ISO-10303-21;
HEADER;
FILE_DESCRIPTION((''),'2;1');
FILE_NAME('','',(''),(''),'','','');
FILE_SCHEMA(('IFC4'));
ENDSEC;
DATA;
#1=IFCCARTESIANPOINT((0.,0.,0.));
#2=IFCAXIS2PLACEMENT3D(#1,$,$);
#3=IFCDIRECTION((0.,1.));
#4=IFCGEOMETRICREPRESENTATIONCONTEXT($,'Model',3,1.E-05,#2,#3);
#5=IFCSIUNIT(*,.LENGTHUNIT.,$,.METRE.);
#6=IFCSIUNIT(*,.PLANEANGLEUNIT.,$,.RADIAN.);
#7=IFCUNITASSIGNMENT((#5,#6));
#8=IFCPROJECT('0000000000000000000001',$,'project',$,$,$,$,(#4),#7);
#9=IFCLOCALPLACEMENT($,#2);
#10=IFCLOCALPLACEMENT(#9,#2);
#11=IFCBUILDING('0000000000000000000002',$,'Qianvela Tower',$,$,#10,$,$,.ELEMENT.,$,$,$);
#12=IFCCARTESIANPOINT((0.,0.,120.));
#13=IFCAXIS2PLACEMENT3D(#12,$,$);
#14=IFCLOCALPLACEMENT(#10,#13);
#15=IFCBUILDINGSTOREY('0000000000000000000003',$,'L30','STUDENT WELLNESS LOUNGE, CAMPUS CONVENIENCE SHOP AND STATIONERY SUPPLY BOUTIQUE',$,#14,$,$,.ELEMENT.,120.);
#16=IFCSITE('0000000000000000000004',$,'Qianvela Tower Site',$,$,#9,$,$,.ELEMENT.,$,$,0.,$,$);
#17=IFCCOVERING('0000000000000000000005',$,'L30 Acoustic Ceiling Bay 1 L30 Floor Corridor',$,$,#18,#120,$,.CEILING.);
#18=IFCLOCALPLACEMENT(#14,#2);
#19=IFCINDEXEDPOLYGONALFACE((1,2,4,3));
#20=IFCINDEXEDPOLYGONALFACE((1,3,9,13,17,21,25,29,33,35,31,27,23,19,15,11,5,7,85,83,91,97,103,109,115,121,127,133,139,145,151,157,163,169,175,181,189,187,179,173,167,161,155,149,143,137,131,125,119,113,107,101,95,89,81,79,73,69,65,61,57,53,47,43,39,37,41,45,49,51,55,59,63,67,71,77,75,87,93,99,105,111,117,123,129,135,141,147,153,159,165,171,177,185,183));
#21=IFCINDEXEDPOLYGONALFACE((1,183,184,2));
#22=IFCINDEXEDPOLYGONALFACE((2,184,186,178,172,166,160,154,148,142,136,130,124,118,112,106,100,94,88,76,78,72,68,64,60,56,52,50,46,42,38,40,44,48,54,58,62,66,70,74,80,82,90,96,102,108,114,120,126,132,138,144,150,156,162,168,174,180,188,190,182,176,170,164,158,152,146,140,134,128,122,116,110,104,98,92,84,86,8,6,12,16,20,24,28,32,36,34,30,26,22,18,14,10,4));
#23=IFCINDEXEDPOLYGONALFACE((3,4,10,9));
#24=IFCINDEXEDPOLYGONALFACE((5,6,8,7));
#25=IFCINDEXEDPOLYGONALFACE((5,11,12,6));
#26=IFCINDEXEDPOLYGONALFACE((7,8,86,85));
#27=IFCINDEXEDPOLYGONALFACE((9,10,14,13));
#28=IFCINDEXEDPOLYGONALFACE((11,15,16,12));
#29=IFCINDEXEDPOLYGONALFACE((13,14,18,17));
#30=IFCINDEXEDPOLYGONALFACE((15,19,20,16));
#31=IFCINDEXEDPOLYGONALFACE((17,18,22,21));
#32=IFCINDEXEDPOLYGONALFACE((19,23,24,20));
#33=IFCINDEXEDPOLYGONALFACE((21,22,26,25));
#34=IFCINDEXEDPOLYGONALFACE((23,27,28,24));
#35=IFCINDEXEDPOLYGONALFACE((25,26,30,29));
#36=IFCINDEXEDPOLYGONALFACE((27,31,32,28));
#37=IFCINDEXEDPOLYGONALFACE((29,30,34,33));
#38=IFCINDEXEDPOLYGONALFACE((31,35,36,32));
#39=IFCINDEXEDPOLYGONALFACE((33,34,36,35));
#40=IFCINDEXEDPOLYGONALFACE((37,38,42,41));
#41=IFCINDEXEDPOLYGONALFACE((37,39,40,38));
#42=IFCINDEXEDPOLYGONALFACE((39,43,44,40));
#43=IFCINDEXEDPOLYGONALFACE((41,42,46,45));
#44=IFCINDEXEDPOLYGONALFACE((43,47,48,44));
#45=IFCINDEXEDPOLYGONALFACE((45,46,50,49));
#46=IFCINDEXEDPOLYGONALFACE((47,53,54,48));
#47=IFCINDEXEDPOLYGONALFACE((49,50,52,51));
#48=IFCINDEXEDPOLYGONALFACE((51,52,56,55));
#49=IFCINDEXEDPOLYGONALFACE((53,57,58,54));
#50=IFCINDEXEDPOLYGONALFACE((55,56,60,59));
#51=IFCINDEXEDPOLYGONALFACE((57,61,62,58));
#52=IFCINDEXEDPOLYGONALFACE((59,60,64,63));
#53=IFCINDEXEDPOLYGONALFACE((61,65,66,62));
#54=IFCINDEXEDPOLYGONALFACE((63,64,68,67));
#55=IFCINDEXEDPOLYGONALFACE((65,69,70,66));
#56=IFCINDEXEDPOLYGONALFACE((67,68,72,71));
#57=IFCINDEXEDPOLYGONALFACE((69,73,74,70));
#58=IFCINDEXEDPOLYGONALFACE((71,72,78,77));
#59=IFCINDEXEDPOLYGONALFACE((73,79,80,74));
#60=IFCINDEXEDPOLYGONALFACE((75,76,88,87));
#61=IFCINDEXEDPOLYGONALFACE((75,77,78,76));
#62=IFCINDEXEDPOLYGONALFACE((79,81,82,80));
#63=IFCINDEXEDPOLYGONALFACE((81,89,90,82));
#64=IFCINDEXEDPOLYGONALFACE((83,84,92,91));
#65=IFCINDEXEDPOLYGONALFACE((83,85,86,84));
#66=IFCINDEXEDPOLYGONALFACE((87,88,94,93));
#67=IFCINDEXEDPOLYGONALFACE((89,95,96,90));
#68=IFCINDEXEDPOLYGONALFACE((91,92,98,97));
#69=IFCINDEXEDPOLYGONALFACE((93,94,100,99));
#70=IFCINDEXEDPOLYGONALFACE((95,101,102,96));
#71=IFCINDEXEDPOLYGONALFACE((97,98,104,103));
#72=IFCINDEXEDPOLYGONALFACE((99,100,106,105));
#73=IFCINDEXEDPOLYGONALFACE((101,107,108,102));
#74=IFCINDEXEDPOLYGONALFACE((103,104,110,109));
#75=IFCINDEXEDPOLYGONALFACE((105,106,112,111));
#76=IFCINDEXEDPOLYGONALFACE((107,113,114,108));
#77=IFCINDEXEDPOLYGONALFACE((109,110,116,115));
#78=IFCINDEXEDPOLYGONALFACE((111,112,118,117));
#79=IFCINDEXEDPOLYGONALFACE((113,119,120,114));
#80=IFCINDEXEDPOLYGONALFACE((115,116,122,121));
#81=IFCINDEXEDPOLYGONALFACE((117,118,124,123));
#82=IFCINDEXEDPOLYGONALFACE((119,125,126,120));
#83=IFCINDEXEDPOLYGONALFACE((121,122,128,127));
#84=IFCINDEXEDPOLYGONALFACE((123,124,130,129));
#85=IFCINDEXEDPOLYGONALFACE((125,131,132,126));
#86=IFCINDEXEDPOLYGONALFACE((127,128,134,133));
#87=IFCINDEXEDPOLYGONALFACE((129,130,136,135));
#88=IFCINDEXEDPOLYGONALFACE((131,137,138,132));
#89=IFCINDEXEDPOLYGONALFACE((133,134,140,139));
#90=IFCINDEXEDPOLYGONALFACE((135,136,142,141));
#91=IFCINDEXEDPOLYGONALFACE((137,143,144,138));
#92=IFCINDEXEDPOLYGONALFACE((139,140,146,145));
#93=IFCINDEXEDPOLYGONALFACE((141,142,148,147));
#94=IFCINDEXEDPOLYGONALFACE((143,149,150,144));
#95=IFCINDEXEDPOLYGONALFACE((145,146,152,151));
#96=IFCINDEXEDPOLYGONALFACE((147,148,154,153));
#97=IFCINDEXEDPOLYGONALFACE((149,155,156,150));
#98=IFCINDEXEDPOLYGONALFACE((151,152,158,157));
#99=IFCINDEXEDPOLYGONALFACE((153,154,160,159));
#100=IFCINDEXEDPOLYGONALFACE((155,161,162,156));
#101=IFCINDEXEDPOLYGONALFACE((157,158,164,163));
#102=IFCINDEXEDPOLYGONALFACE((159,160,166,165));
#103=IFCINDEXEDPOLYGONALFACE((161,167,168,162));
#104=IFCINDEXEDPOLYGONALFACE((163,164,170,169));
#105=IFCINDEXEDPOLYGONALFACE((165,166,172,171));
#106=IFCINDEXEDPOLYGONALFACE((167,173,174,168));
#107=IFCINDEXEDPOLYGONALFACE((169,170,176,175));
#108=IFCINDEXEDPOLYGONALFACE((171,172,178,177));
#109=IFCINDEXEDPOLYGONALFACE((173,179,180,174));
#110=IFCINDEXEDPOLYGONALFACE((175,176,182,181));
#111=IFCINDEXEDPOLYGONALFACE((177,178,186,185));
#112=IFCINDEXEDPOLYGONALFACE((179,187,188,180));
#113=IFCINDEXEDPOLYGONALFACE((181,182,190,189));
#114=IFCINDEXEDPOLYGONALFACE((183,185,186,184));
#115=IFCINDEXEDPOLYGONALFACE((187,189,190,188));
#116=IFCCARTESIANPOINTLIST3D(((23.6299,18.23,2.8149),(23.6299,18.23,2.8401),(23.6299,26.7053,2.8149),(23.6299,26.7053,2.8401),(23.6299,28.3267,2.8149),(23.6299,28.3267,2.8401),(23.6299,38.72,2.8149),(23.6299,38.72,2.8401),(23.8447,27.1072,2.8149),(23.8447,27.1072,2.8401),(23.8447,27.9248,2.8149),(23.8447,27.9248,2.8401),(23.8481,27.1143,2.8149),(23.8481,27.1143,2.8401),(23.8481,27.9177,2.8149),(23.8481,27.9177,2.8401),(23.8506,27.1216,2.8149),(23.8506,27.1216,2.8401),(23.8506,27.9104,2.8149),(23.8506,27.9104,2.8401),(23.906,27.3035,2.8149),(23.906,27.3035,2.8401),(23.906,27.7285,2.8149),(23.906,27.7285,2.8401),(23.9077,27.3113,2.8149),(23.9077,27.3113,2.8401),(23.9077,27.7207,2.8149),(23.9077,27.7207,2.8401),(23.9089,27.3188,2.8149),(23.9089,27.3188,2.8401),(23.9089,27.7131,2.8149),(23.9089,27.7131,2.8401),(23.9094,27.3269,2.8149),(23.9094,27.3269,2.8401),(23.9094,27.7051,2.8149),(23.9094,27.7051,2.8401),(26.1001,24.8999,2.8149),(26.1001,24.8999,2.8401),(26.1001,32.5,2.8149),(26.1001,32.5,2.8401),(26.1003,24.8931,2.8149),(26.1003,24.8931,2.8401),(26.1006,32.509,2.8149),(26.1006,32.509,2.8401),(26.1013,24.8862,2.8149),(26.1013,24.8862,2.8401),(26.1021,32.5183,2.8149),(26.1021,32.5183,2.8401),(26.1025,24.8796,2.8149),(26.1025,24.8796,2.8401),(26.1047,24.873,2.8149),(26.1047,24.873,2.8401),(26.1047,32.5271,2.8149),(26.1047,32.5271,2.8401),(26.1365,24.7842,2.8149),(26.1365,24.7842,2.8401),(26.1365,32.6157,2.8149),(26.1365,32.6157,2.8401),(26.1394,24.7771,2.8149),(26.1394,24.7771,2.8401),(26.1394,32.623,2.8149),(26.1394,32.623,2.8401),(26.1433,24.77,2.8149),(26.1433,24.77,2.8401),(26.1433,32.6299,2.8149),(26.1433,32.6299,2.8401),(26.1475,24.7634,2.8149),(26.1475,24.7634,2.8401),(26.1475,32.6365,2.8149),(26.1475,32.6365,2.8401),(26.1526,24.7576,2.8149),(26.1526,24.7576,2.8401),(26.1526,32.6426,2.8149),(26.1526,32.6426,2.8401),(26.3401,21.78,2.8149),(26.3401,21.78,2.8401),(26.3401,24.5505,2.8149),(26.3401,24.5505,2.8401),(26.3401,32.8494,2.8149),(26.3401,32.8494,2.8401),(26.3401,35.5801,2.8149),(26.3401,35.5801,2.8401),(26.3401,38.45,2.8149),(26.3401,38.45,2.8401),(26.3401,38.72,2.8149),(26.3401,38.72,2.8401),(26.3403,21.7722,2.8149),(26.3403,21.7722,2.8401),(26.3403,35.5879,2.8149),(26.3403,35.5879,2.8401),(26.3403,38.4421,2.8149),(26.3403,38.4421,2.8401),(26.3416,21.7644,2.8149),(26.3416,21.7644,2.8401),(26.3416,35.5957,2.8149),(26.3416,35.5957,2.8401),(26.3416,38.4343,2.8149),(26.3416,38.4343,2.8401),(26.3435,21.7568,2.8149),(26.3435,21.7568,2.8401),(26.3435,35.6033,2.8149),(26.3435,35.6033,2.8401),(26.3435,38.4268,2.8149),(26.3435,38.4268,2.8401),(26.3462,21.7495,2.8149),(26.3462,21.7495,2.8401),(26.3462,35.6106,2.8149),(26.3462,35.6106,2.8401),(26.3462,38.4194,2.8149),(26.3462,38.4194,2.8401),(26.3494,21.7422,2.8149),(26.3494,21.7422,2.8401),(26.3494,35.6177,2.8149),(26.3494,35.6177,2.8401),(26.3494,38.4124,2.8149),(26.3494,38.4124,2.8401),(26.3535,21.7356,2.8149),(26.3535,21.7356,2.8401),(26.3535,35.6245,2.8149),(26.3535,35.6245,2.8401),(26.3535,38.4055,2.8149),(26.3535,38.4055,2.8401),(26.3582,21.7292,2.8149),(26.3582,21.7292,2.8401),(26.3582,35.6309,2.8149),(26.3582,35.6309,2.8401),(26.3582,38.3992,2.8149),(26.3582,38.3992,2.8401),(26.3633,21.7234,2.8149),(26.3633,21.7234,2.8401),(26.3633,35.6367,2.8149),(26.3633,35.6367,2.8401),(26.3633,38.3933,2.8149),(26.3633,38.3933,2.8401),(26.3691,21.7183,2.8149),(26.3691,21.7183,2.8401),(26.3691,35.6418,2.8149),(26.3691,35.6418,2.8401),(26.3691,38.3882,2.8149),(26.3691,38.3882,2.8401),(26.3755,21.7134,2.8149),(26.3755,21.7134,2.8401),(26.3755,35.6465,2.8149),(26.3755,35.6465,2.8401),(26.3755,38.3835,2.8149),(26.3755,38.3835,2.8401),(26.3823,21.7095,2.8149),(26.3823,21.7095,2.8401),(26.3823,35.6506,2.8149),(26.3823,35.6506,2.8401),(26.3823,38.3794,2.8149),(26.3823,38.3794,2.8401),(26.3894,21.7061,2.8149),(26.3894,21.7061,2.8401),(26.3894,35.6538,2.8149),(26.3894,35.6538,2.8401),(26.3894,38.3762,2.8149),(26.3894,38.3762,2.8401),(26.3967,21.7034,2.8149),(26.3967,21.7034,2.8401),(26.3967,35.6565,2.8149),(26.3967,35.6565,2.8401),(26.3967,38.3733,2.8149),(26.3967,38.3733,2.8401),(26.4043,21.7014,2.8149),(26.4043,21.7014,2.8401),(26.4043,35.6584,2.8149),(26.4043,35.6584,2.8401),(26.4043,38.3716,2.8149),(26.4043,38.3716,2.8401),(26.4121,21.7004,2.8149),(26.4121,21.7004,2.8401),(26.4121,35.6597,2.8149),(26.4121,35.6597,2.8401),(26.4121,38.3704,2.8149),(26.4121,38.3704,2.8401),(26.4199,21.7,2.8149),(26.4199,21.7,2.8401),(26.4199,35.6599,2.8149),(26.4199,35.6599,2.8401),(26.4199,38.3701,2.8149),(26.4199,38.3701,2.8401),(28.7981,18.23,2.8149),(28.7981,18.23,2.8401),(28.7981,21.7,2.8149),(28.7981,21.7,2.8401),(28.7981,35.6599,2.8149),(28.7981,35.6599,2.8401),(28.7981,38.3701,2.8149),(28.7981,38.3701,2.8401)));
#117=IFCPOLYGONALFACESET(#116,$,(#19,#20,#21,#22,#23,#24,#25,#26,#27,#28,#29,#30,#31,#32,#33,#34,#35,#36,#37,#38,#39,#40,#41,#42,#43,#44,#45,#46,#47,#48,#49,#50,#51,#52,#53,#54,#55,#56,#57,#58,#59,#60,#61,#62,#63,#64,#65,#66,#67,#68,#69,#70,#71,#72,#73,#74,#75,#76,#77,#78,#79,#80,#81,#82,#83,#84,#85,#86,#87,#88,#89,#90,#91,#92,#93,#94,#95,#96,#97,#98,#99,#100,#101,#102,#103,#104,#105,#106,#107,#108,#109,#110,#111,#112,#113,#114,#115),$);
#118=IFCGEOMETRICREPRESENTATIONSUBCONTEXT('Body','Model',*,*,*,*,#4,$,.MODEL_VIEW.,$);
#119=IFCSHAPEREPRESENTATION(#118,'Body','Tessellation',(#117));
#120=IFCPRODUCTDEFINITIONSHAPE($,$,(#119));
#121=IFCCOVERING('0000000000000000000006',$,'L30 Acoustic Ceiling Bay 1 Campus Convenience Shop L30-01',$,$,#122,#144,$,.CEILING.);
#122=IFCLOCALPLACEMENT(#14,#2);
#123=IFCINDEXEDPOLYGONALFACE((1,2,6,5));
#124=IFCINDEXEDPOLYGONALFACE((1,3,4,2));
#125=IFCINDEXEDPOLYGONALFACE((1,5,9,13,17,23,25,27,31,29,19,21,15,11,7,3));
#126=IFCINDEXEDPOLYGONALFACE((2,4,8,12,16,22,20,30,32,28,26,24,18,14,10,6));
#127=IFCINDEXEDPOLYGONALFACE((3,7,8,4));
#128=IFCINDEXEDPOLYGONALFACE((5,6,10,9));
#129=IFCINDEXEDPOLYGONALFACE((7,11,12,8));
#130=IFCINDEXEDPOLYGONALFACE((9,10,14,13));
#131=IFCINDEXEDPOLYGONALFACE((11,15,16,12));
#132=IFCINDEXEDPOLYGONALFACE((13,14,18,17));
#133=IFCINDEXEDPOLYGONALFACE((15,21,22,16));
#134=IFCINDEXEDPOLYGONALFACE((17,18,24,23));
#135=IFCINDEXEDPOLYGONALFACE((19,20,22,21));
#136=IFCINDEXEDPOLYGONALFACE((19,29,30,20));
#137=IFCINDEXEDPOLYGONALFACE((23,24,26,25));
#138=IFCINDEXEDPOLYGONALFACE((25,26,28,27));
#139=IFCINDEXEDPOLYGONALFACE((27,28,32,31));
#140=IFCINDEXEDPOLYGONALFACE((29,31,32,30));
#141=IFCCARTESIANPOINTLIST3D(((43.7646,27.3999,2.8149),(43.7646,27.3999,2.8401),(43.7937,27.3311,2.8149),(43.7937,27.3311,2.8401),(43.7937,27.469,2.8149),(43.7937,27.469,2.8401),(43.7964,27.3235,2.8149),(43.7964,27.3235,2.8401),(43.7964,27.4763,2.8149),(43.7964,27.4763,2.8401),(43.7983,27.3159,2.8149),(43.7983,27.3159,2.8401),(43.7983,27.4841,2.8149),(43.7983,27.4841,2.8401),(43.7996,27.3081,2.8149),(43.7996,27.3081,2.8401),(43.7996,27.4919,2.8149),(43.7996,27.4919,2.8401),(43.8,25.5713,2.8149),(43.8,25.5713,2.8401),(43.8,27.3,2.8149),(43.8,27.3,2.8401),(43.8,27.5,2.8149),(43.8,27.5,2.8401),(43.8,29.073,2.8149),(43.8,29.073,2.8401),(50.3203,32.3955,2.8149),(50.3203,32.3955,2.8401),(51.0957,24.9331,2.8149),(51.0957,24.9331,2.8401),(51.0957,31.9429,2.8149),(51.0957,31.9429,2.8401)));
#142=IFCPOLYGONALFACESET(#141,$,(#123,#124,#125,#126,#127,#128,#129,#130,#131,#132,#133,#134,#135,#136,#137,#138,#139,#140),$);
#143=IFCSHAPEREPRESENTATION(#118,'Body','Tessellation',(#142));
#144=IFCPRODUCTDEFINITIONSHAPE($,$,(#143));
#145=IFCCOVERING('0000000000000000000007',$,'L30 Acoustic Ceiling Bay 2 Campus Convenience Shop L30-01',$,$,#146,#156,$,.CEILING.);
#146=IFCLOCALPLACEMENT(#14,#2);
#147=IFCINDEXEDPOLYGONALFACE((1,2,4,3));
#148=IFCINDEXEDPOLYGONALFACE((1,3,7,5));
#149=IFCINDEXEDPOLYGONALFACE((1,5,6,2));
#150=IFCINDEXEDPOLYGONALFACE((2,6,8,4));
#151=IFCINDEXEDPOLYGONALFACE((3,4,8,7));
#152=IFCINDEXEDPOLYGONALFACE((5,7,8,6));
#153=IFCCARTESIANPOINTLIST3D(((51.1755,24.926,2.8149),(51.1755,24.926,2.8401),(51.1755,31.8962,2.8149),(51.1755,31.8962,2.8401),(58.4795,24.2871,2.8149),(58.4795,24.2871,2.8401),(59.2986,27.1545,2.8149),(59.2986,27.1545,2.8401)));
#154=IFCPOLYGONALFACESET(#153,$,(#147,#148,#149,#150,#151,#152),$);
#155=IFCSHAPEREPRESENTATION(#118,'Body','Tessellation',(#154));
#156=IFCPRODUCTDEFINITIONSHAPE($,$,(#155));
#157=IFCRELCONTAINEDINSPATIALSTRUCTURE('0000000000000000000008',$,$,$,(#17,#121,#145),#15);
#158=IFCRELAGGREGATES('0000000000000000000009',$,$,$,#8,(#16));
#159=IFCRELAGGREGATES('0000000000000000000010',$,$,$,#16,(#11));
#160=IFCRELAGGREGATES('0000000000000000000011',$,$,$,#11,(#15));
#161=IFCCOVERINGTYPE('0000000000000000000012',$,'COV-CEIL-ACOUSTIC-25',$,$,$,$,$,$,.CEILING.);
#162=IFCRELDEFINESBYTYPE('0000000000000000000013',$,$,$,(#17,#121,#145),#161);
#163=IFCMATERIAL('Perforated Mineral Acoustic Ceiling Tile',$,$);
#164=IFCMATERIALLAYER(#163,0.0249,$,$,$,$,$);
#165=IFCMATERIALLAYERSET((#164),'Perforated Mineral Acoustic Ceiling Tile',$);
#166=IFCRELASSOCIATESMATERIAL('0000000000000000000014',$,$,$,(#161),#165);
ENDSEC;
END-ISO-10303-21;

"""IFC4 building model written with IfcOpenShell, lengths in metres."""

from ifc_helpers import new_model, si_unit, direction, frame, origin, place, context, subcontext, project, spatial, polyline, outline, extrude, material, layer, layer_set, type_object, element, save


model = new_model("IFC4")

# Units and contexts
model_context = context("Model", 3, precision=1e-05, world=origin(), true_north=direction((0.0, 1.0)))
body_context = subcontext(model_context, "Body", "Model", "MODEL_VIEW")
ifc_project = project(units=[si_unit("LENGTHUNIT", "METRE"), si_unit("PLANEANGLEUNIT", "RADIAN")], contexts=[model_context])

# Site, building, storey
site_placement = place(None, origin())
site = spatial("IfcSite", under=ifc_project, at=site_placement, Name="Qianvela Tower Site", CompositionType="ELEMENT", RefElevation=0.0)
building_placement = place(site_placement, origin())
building = spatial("IfcBuilding", under=site, at=building_placement, Name="Qianvela Tower", CompositionType="ELEMENT")
storey_placement = place(building_placement, frame((0.0, 0.0, 120.0)))
storey = spatial("IfcBuildingStorey", under=building, at=storey_placement, Name="L30", Description="STUDENT WELLNESS LOUNGE, CAMPUS CONVENIENCE SHOP AND STATIONERY SUPPLY BOUTIQUE", CompositionType="ELEMENT", Elevation=120.0)

# Coverings
ifc_material_1 = material(Name="Perforated Mineral Acoustic Ceiling Tile")
ifc_layer_1 = layer(ifc_material_1, 0.0249)
ifc_layer_set_1 = layer_set([ifc_layer_1], Name="Perforated Mineral Acoustic Ceiling Tile")
covering_type_1 = type_object("IfcCoveringType", Name="COV-CEIL-ACOUSTIC-25", PredefinedType="CEILING", material=ifc_layer_set_1)
covering_1_placement = place(storey_placement, frame((0.0, 0.0, 2.8149)))
element("IfcCovering", 1, at=covering_1_placement, inside=storey, type_object=covering_type_1, Name="L30 Acoustic Ceiling Bay 1 L30 Floor Corridor", PredefinedType="CEILING", context=body_context, shape_type="SweptSolid", body=[
    extrude(outline(polyline([(23.8481, 27.9177), (23.8447, 27.9248), (23.6299, 28.3267), (23.6299, 38.72), (26.3401, 38.72), (26.3401, 38.45), (26.3403, 38.4421), (26.3416, 38.4343), (26.3435, 38.4268), (26.3462, 38.4194), (26.3494, 38.4124), (26.3535, 38.4055), (26.3582, 38.3992), (26.3633, 38.3933), (26.3691, 38.3882), (26.3755, 38.3835), (26.3823, 38.3794), (26.3894, 38.3762), (26.3967, 38.3733), (26.4043, 38.3716), (26.4121, 38.3704), (26.4199, 38.3701), (28.7981, 38.3701), (28.7981, 35.6599), (26.4199, 35.6599), (26.4121, 35.6597), (26.4043, 35.6584), (26.3967, 35.6565), (26.3894, 35.6538), (26.3823, 35.6506), (26.3755, 35.6465), (26.3691, 35.6418), (26.3633, 35.6367), (26.3582, 35.6309), (26.3535, 35.6245), (26.3494, 35.6177), (26.3462, 35.6106), (26.3435, 35.6033), (26.3416, 35.5957), (26.3403, 35.5879), (26.3401, 35.5801), (26.3401, 32.8494), (26.1526, 32.6426), (26.1475, 32.6365), (26.1433, 32.6299), (26.1394, 32.623), (26.1365, 32.6157), (26.1047, 32.5271), (26.1021, 32.5183), (26.1006, 32.509), (26.1001, 32.5), (26.1001, 24.8999), (26.1003, 24.8931), (26.1013, 24.8862), (26.1025, 24.8796), (26.1047, 24.873), (26.1365, 24.7842), (26.1394, 24.7771), (26.1433, 24.77), (26.1475, 24.7634), (26.1526, 24.7576), (26.3401, 24.5505), (26.3401, 21.78), (26.3403, 21.7722), (26.3416, 21.7644), (26.3435, 21.7568), (26.3462, 21.7495), (26.3494, 21.7422), (26.3535, 21.7356), (26.3582, 21.7292), (26.3633, 21.7234), (26.3691, 21.7183), (26.3755, 21.7134), (26.3823, 21.7095), (26.3894, 21.7061), (26.3967, 21.7034), (26.4043, 21.7014), (26.4121, 21.7004), (26.4199, 21.7), (28.7981, 21.7), (28.7981, 18.23), (23.6299, 18.23), (23.6299, 26.7053), (23.8447, 27.1072), (23.8481, 27.1143), (23.8506, 27.1216), (23.906, 27.3035), (23.9077, 27.3113), (23.9089, 27.3188), (23.9094, 27.3269), (23.9094, 27.7051), (23.9089, 27.7131), (23.9077, 27.7207), (23.906, 27.7285), (23.8506, 27.9104), (23.8481, 27.9177)])), origin(), (0.0, 0.0, 1.0), 0.0251),
])
covering_2_placement = place(storey_placement, frame((0.0, 0.0, 2.8149)))
element("IfcCovering", 2, at=covering_2_placement, inside=storey, type_object=covering_type_1, Name="L30 Acoustic Ceiling Bay 1 Campus Convenience Shop L30-01", PredefinedType="CEILING", context=body_context, shape_type="SweptSolid", body=[
    extrude(outline(polyline([(43.7937, 27.469), (43.7964, 27.4763), (43.7983, 27.4841), (43.7996, 27.4919), (43.8, 27.5), (43.8, 29.073), (50.3203, 32.3955), (51.0957, 31.9429), (51.0957, 24.9331), (43.8, 25.5713), (43.8, 27.3), (43.7996, 27.3081), (43.7983, 27.3159), (43.7964, 27.3235), (43.7937, 27.3311), (43.7646, 27.3999), (43.7937, 27.469)])), origin(), (0.0, 0.0, 1.0), 0.0251),
])
covering_3_placement = place(storey_placement, frame((0.0, 0.0, 2.8149)))
element("IfcCovering", 3, at=covering_3_placement, inside=storey, type_object=covering_type_1, Name="L30 Acoustic Ceiling Bay 2 Campus Convenience Shop L30-01", PredefinedType="CEILING", context=body_context, shape_type="SweptSolid", body=[
    extrude(outline(polyline([(59.2986, 27.1545), (58.4795, 24.2871), (51.1755, 24.926), (51.1755, 31.8962), (59.2986, 27.1545)])), origin(), (0.0, 0.0, 1.0), 0.0251),
])

save(model, "model.ifc")
